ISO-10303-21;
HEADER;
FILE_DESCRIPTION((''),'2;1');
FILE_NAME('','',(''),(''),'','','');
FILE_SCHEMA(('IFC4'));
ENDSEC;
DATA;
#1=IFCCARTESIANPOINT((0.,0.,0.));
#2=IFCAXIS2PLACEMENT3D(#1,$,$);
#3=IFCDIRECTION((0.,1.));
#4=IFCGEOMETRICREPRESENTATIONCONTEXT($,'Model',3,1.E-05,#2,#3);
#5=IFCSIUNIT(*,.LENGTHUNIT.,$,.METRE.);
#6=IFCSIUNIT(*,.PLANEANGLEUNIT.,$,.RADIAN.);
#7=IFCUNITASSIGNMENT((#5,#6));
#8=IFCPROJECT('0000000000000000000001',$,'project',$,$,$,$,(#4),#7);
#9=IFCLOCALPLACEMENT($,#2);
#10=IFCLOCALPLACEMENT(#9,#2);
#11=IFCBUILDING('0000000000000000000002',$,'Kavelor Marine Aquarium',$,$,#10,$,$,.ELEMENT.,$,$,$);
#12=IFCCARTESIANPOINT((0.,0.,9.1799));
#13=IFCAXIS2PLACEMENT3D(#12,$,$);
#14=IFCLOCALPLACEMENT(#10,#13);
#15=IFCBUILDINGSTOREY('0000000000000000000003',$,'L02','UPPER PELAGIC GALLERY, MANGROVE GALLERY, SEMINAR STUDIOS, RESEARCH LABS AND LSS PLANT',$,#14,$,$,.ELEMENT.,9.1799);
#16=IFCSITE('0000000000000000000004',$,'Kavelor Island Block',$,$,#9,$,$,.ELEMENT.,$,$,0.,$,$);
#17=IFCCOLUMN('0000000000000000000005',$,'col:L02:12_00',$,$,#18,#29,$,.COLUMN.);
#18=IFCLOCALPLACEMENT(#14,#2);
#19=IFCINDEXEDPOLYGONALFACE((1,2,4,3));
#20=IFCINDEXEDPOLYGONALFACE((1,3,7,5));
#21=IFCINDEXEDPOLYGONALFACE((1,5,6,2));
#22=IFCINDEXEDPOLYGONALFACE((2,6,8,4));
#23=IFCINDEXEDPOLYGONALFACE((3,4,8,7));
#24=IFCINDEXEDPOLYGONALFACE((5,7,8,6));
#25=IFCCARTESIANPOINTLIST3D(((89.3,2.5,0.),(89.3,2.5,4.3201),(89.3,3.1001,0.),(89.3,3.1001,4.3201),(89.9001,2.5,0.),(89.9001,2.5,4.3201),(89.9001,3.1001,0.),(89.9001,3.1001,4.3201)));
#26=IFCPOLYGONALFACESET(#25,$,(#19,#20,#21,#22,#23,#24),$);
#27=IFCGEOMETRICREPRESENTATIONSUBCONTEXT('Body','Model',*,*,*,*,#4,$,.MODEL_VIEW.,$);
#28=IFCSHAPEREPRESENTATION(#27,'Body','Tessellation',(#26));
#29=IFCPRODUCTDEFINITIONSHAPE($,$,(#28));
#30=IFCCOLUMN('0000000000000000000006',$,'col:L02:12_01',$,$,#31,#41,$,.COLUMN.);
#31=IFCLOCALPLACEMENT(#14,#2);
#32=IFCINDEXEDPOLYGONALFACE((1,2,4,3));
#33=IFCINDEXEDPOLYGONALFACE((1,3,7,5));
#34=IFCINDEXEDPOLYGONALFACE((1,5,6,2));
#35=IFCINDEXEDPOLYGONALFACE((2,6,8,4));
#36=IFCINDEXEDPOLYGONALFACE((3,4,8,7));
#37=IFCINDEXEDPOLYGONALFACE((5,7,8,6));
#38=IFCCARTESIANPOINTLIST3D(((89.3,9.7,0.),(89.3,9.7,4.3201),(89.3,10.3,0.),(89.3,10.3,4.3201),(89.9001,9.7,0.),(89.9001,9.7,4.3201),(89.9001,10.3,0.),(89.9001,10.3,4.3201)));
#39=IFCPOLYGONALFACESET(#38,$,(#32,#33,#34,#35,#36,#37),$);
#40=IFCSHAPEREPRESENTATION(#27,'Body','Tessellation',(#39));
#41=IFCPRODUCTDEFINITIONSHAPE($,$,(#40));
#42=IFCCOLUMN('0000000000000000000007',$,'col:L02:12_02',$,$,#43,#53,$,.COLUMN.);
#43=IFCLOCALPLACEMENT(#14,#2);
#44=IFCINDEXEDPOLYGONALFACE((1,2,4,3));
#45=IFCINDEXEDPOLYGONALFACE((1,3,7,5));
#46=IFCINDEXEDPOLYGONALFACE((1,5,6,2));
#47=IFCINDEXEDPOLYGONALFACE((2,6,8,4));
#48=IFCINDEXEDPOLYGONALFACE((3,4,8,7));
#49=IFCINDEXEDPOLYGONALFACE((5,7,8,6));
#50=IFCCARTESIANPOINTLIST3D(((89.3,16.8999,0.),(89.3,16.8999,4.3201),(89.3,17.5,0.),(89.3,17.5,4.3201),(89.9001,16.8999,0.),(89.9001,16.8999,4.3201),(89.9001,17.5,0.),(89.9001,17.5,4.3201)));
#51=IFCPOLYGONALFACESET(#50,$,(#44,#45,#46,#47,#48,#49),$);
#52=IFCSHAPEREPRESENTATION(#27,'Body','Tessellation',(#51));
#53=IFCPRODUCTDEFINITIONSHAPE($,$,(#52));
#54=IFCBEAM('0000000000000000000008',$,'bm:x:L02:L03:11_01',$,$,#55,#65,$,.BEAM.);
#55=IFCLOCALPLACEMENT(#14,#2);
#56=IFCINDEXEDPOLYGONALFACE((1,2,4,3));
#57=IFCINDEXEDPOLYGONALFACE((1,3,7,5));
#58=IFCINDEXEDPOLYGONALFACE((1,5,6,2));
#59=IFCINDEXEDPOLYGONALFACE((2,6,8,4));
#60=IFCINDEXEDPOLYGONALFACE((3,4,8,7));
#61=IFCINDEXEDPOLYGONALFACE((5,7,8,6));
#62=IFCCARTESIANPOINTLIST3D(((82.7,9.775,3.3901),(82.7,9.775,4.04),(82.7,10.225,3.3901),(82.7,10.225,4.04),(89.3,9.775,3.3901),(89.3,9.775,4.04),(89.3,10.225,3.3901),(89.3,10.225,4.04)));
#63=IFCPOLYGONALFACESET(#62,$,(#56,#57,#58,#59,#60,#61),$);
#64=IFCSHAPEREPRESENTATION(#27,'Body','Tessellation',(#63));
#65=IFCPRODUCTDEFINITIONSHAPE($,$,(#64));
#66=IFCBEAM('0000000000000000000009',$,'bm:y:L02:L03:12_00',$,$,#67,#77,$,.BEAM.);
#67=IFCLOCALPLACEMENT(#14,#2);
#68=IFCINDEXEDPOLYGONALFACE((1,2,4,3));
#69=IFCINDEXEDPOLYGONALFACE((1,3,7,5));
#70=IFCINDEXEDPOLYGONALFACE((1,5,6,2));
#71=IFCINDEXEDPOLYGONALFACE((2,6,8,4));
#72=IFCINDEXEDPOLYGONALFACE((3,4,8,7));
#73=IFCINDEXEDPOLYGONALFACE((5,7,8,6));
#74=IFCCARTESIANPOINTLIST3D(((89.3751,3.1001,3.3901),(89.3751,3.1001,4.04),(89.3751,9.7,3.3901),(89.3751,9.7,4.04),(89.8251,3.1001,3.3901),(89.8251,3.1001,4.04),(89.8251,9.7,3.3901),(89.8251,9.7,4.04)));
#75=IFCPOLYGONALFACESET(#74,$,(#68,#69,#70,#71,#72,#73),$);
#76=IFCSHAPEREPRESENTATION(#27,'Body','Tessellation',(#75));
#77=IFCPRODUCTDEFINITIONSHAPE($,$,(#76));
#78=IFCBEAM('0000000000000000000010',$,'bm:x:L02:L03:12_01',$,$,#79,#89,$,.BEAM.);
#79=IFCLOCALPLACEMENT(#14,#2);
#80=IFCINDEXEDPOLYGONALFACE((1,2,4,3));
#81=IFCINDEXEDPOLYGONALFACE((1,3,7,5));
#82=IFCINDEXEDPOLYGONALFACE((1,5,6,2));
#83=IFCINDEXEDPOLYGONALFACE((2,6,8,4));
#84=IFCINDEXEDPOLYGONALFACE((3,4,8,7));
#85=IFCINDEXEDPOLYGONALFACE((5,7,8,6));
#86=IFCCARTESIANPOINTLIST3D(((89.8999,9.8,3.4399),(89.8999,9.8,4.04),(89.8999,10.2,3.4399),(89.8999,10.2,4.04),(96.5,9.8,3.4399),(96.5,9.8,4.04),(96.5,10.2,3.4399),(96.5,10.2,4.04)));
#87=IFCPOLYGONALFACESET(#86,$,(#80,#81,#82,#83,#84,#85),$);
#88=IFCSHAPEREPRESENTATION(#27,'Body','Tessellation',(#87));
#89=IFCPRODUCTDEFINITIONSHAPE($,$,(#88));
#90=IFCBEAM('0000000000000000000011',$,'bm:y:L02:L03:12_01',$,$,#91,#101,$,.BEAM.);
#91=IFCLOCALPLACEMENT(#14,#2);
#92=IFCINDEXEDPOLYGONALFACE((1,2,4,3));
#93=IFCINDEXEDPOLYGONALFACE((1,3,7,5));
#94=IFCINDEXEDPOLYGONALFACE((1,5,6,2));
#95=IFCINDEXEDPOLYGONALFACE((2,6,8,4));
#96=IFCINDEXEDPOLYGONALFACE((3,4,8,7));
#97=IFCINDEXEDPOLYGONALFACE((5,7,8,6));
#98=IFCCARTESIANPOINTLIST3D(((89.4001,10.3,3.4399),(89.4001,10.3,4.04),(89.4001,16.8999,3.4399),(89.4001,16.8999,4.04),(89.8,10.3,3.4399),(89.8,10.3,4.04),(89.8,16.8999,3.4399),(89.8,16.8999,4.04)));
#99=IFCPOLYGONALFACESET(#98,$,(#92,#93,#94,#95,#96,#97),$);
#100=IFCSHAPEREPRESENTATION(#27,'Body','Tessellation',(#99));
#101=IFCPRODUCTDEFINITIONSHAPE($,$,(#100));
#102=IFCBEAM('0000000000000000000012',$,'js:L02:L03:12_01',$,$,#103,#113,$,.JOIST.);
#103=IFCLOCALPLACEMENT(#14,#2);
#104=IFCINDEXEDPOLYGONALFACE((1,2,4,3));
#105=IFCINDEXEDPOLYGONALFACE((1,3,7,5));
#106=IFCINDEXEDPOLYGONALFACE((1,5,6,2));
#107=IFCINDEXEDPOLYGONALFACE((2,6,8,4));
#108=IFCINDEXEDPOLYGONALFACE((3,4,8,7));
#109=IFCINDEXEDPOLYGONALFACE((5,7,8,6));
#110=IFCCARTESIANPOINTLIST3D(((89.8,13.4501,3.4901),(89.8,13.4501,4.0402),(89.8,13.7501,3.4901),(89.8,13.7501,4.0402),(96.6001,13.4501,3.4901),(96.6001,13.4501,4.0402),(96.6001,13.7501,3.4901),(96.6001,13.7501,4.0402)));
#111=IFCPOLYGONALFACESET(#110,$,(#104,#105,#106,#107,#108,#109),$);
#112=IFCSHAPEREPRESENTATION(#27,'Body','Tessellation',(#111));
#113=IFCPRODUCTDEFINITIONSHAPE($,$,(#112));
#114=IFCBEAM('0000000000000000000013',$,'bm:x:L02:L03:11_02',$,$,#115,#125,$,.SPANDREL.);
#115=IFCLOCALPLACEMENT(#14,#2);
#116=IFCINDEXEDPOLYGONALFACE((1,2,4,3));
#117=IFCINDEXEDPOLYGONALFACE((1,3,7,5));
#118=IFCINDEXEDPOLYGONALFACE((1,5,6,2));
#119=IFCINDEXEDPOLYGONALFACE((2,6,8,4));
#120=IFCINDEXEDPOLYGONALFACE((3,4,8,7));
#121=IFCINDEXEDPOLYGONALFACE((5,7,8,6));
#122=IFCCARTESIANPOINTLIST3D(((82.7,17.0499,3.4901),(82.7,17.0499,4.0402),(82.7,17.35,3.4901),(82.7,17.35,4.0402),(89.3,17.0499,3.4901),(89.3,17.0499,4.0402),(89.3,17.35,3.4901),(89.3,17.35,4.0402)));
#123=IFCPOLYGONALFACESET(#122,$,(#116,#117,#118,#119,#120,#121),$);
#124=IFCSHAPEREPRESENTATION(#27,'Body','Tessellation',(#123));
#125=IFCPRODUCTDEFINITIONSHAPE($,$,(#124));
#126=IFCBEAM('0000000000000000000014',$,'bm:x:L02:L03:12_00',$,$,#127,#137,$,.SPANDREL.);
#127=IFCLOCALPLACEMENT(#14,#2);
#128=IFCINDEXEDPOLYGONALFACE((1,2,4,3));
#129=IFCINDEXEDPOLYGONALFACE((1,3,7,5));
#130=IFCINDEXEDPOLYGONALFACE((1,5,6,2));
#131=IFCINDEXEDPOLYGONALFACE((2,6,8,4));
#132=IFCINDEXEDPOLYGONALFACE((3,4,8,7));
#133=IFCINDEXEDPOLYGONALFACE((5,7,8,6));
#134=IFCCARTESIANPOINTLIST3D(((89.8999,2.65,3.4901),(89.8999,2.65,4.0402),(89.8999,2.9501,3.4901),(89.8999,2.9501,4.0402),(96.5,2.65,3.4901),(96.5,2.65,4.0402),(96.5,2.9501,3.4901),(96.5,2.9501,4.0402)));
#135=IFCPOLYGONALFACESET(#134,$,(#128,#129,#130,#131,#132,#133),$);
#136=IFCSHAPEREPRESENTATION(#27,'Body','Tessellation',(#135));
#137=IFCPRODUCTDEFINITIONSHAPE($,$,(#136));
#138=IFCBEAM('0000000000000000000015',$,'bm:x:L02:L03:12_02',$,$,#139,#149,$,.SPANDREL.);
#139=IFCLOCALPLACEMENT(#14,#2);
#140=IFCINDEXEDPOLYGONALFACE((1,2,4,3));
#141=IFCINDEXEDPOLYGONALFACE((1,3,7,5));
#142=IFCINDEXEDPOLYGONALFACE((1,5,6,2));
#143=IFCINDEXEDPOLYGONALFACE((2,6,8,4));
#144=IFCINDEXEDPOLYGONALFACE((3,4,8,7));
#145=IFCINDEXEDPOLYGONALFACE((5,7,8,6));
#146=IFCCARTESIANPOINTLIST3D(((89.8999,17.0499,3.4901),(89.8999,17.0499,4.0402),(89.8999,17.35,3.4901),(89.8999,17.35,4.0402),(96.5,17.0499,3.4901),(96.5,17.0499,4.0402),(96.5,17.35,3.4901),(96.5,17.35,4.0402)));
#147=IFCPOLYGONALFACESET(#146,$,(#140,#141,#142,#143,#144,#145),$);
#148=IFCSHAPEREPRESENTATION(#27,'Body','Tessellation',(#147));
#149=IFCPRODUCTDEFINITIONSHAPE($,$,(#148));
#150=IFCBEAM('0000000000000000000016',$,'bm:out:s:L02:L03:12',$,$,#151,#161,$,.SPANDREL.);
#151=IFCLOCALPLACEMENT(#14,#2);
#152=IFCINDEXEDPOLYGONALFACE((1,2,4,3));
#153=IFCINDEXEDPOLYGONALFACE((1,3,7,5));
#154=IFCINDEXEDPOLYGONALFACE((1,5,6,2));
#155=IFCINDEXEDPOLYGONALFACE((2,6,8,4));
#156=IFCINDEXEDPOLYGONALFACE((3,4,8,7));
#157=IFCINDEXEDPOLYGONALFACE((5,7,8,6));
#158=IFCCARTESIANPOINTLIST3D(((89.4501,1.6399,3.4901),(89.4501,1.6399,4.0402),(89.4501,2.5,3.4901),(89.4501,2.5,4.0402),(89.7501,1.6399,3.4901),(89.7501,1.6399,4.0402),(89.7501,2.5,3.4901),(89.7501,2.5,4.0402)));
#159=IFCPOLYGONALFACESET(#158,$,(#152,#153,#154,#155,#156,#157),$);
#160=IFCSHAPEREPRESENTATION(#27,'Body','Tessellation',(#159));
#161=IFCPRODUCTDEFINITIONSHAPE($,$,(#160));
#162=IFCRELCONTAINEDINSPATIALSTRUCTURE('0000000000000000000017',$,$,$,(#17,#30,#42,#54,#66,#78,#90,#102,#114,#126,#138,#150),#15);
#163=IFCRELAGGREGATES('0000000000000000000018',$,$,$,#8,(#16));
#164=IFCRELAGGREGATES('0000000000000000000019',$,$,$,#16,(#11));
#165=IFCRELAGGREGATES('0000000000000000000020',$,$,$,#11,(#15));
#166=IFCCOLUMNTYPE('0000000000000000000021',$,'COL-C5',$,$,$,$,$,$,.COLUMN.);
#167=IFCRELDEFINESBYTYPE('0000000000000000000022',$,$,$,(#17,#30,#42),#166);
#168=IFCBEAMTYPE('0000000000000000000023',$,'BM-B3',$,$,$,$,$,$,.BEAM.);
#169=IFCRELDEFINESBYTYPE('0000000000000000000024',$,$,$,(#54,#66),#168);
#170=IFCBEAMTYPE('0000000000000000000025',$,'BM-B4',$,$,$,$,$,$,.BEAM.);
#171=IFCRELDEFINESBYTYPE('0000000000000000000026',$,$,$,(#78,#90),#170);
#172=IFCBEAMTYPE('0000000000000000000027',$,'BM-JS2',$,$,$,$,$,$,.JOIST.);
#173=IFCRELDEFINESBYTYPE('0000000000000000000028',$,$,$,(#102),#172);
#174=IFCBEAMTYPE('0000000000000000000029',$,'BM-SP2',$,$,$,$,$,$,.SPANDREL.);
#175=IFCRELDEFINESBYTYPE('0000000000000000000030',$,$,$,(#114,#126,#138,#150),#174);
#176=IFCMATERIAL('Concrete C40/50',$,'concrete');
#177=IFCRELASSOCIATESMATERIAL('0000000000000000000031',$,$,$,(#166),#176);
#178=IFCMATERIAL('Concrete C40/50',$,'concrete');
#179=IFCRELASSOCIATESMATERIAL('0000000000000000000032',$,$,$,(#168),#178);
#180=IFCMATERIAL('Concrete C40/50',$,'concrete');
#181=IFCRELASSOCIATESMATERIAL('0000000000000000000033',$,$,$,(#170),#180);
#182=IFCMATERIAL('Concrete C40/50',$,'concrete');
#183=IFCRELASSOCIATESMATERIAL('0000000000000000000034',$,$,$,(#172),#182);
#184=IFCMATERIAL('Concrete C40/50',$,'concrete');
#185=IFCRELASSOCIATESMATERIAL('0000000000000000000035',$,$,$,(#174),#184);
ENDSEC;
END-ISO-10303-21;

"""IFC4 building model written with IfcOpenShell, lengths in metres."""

from ifc_helpers import new_model, si_unit, direction, frame, origin, origin_2d, place, context, subcontext, project, spatial, rectangle, extrude, material, material_profile, profile_set, type_object, element, save


model = new_model("IFC4")

# Units and contexts
model_context = context("Model", 3, precision=1e-05, world=origin(), true_north=direction((0.0, 1.0)))
body_context = subcontext(model_context, "Body", "Model", "MODEL_VIEW")
ifc_project = project(units=[si_unit("LENGTHUNIT", "METRE"), si_unit("PLANEANGLEUNIT", "RADIAN")], contexts=[model_context])

# Site, building, storey
site_placement = place(None, origin())
site = spatial("IfcSite", under=ifc_project, at=site_placement, Name="Kavelor Island Block", CompositionType="ELEMENT", RefElevation=0.0)
building_placement = place(site_placement, origin())
building = spatial("IfcBuilding", under=site, at=building_placement, Name="Kavelor Marine Aquarium", CompositionType="ELEMENT")
storey_placement = place(building_placement, frame((0.0, 0.0, 9.1799)))
storey = spatial("IfcBuildingStorey", under=building, at=storey_placement, Name="L02", Description="UPPER PELAGIC GALLERY, MANGROVE GALLERY, SEMINAR STUDIOS, RESEARCH LABS AND LSS PLANT", CompositionType="ELEMENT", Elevation=9.1799)

# Columns
ifc_material_1 = material(Name="Concrete C40/50", Category="concrete")
ifc_material_profile_1 = material_profile(ifc_material_1, rectangle(XDim=0.6001, YDim=0.6001, at=origin_2d()), Name="RC-COL 600x600")
ifc_profile_set_1 = profile_set([ifc_material_profile_1], Name="Concrete C40/50")
column_type = type_object("IfcColumnType", Name="COL-C5", PredefinedType="COLUMN", material=ifc_profile_set_1)
for number, where, z_axis, x_axis, name in (
    (1, (89.6001, 2.8, 0.0), (0.0, 0.0, 1.0), (1.0, 0.0, 0.0), "col:L02:12_00"),
    (2, (89.6001, 10.0, 0.0), (0.0, 0.0, 1.0), (1.0, 0.0, 0.0), "col:L02:12_01"),
    (3, (89.6001, 17.2, 0.0), (0.0, 0.0, 1.0), (1.0, 0.0, 0.0), "col:L02:12_02"),
):
    element("IfcColumn", number, at=place(storey_placement, frame(where, z_axis=z_axis, x_axis=x_axis)), inside=storey, type_object=column_type, Name=name, PredefinedType="COLUMN", context=body_context, shape_type="SweptSolid", body=[
        extrude(rectangle(XDim=0.6001, YDim=0.6001, at=origin_2d()), origin(), (0.0, 0.0, 1.0), 4.3201),
    ])

# Beams
ifc_material_2 = material(Name="Concrete C40/50", Category="concrete")
ifc_material_profile_2 = material_profile(ifc_material_2, rectangle(XDim=0.45, YDim=0.6499, at=origin_2d()), Name="RC-BM 450x650")
ifc_profile_set_2 = profile_set([ifc_material_profile_2], Name="Concrete C40/50")
beam_type_1 = type_object("IfcBeamType", Name="BM-B3", PredefinedType="BEAM", material=ifc_profile_set_2)
beam_1_placement = place(storey_placement, frame((82.7, 10.0, 3.7151), z_axis=(1.0, 0.0, 0.0), x_axis=(0.0, 1.0, 0.0)))
element("IfcBeam", 4, at=beam_1_placement, inside=storey, type_object=beam_type_1, Name="bm:x:L02:L03:11_01", PredefinedType="BEAM", context=body_context, shape_type="SweptSolid", body=[
    extrude(rectangle(XDim=0.45, YDim=0.6499, at=origin_2d()), origin(), (0.0, 0.0, 1.0), 6.6001),
])
beam_2_placement = place(storey_placement, frame((89.6001, 3.1001, 3.7151), z_axis=(0.0, 1.0, 0.0), x_axis=(-1.0, 0.0, 0.0)))
element("IfcBeam", 5, at=beam_2_placement, inside=storey, type_object=beam_type_1, Name="bm:y:L02:L03:12_00", PredefinedType="BEAM", context=body_context, shape_type="SweptSolid", body=[
    extrude(rectangle(XDim=0.45, YDim=0.6499, at=origin_2d()), origin(), (0.0, 0.0, 1.0), 6.5999),
])
ifc_material_3 = material(Name="Concrete C40/50", Category="concrete")
ifc_material_profile_3 = material_profile(ifc_material_3, rectangle(XDim=0.3999, YDim=0.6001, at=origin_2d()), Name="RC-BM 400x600")
ifc_profile_set_3 = profile_set([ifc_material_profile_3], Name="Concrete C40/50")
beam_type_2 = type_object("IfcBeamType", Name="BM-B4", PredefinedType="BEAM", material=ifc_profile_set_3)
beam_3_placement = place(storey_placement, frame((89.8999, 10.0, 3.74), z_axis=(1.0, 0.0, 0.0), x_axis=(0.0, 1.0, 0.0)))
element("IfcBeam", 6, at=beam_3_placement, inside=storey, type_object=beam_type_2, Name="bm:x:L02:L03:12_01", PredefinedType="BEAM", context=body_context, shape_type="SweptSolid", body=[
    extrude(rectangle(XDim=0.3999, YDim=0.6001, at=origin_2d()), origin(), (0.0, 0.0, 1.0), 6.6001),
])
beam_4_placement = place(storey_placement, frame((89.6001, 10.3, 3.74), z_axis=(0.0, 1.0, 0.0), x_axis=(-1.0, 0.0, 0.0)))
element("IfcBeam", 7, at=beam_4_placement, inside=storey, type_object=beam_type_2, Name="bm:y:L02:L03:12_01", PredefinedType="BEAM", context=body_context, shape_type="SweptSolid", body=[
    extrude(rectangle(XDim=0.3999, YDim=0.6001, at=origin_2d()), origin(), (0.0, 0.0, 1.0), 6.5999),
])
ifc_material_4 = material(Name="Concrete C40/50", Category="concrete")
ifc_material_profile_4 = material_profile(ifc_material_4, rectangle(XDim=0.3, YDim=0.55, at=origin_2d()), Name="RC-JS 300x550")
ifc_profile_set_4 = profile_set([ifc_material_profile_4], Name="Concrete C40/50")
beam_type_3 = type_object("IfcBeamType", Name="BM-JS2", PredefinedType="JOIST", material=ifc_profile_set_4)
beam_5_placement = place(storey_placement, frame((89.8, 13.6001, 3.7651), z_axis=(1.0, 0.0, 0.0), x_axis=(0.0, 1.0, 0.0)))
element("IfcBeam", 8, at=beam_5_placement, inside=storey, type_object=beam_type_3, Name="js:L02:L03:12_01", PredefinedType="JOIST", context=body_context, shape_type="SweptSolid", body=[
    extrude(rectangle(XDim=0.3, YDim=0.55, at=origin_2d()), origin(), (0.0, 0.0, 1.0), 6.8),
])
ifc_material_5 = material(Name="Concrete C40/50", Category="concrete")
ifc_material_profile_5 = material_profile(ifc_material_5, rectangle(XDim=0.3, YDim=0.55, at=origin_2d()), Name="RC-SP 300x550")
ifc_profile_set_5 = profile_set([ifc_material_profile_5], Name="Concrete C40/50")
beam_type_4 = type_object("IfcBeamType", Name="BM-SP2", PredefinedType="SPANDREL", material=ifc_profile_set_5)
for number, where, z_axis, x_axis, name in (
    (9, (82.7, 17.2, 3.7651), (1.0, 0.0, 0.0), (0.0, 1.0, 0.0), "bm:x:L02:L03:11_02"),
    (10, (89.8999, 2.8, 3.7651), (1.0, 0.0, 0.0), (0.0, 1.0, 0.0), "bm:x:L02:L03:12_00"),
    (11, (89.8999, 17.2, 3.7651), (1.0, 0.0, 0.0), (0.0, 1.0, 0.0), "bm:x:L02:L03:12_02"),
):
    element("IfcBeam", number, at=place(storey_placement, frame(where, z_axis=z_axis, x_axis=x_axis)), inside=storey, type_object=beam_type_4, Name=name, PredefinedType="SPANDREL", context=body_context, shape_type="SweptSolid", body=[
        extrude(rectangle(XDim=0.3, YDim=0.55, at=origin_2d()), origin(), (0.0, 0.0, 1.0), 6.6001),
    ])
beam_6_placement = place(storey_placement, frame((89.6001, 1.6399, 3.7651), z_axis=(0.0, 1.0, 0.0), x_axis=(-1.0, 0.0, 0.0)))
element("IfcBeam", 12, at=beam_6_placement, inside=storey, type_object=beam_type_4, Name="bm:out:s:L02:L03:12", PredefinedType="SPANDREL", context=body_context, shape_type="SweptSolid", body=[
    extrude(rectangle(XDim=0.3, YDim=0.55, at=origin_2d()), origin(), (0.0, 0.0, 1.0), 0.8601),
])

save(model, "model.ifc")
